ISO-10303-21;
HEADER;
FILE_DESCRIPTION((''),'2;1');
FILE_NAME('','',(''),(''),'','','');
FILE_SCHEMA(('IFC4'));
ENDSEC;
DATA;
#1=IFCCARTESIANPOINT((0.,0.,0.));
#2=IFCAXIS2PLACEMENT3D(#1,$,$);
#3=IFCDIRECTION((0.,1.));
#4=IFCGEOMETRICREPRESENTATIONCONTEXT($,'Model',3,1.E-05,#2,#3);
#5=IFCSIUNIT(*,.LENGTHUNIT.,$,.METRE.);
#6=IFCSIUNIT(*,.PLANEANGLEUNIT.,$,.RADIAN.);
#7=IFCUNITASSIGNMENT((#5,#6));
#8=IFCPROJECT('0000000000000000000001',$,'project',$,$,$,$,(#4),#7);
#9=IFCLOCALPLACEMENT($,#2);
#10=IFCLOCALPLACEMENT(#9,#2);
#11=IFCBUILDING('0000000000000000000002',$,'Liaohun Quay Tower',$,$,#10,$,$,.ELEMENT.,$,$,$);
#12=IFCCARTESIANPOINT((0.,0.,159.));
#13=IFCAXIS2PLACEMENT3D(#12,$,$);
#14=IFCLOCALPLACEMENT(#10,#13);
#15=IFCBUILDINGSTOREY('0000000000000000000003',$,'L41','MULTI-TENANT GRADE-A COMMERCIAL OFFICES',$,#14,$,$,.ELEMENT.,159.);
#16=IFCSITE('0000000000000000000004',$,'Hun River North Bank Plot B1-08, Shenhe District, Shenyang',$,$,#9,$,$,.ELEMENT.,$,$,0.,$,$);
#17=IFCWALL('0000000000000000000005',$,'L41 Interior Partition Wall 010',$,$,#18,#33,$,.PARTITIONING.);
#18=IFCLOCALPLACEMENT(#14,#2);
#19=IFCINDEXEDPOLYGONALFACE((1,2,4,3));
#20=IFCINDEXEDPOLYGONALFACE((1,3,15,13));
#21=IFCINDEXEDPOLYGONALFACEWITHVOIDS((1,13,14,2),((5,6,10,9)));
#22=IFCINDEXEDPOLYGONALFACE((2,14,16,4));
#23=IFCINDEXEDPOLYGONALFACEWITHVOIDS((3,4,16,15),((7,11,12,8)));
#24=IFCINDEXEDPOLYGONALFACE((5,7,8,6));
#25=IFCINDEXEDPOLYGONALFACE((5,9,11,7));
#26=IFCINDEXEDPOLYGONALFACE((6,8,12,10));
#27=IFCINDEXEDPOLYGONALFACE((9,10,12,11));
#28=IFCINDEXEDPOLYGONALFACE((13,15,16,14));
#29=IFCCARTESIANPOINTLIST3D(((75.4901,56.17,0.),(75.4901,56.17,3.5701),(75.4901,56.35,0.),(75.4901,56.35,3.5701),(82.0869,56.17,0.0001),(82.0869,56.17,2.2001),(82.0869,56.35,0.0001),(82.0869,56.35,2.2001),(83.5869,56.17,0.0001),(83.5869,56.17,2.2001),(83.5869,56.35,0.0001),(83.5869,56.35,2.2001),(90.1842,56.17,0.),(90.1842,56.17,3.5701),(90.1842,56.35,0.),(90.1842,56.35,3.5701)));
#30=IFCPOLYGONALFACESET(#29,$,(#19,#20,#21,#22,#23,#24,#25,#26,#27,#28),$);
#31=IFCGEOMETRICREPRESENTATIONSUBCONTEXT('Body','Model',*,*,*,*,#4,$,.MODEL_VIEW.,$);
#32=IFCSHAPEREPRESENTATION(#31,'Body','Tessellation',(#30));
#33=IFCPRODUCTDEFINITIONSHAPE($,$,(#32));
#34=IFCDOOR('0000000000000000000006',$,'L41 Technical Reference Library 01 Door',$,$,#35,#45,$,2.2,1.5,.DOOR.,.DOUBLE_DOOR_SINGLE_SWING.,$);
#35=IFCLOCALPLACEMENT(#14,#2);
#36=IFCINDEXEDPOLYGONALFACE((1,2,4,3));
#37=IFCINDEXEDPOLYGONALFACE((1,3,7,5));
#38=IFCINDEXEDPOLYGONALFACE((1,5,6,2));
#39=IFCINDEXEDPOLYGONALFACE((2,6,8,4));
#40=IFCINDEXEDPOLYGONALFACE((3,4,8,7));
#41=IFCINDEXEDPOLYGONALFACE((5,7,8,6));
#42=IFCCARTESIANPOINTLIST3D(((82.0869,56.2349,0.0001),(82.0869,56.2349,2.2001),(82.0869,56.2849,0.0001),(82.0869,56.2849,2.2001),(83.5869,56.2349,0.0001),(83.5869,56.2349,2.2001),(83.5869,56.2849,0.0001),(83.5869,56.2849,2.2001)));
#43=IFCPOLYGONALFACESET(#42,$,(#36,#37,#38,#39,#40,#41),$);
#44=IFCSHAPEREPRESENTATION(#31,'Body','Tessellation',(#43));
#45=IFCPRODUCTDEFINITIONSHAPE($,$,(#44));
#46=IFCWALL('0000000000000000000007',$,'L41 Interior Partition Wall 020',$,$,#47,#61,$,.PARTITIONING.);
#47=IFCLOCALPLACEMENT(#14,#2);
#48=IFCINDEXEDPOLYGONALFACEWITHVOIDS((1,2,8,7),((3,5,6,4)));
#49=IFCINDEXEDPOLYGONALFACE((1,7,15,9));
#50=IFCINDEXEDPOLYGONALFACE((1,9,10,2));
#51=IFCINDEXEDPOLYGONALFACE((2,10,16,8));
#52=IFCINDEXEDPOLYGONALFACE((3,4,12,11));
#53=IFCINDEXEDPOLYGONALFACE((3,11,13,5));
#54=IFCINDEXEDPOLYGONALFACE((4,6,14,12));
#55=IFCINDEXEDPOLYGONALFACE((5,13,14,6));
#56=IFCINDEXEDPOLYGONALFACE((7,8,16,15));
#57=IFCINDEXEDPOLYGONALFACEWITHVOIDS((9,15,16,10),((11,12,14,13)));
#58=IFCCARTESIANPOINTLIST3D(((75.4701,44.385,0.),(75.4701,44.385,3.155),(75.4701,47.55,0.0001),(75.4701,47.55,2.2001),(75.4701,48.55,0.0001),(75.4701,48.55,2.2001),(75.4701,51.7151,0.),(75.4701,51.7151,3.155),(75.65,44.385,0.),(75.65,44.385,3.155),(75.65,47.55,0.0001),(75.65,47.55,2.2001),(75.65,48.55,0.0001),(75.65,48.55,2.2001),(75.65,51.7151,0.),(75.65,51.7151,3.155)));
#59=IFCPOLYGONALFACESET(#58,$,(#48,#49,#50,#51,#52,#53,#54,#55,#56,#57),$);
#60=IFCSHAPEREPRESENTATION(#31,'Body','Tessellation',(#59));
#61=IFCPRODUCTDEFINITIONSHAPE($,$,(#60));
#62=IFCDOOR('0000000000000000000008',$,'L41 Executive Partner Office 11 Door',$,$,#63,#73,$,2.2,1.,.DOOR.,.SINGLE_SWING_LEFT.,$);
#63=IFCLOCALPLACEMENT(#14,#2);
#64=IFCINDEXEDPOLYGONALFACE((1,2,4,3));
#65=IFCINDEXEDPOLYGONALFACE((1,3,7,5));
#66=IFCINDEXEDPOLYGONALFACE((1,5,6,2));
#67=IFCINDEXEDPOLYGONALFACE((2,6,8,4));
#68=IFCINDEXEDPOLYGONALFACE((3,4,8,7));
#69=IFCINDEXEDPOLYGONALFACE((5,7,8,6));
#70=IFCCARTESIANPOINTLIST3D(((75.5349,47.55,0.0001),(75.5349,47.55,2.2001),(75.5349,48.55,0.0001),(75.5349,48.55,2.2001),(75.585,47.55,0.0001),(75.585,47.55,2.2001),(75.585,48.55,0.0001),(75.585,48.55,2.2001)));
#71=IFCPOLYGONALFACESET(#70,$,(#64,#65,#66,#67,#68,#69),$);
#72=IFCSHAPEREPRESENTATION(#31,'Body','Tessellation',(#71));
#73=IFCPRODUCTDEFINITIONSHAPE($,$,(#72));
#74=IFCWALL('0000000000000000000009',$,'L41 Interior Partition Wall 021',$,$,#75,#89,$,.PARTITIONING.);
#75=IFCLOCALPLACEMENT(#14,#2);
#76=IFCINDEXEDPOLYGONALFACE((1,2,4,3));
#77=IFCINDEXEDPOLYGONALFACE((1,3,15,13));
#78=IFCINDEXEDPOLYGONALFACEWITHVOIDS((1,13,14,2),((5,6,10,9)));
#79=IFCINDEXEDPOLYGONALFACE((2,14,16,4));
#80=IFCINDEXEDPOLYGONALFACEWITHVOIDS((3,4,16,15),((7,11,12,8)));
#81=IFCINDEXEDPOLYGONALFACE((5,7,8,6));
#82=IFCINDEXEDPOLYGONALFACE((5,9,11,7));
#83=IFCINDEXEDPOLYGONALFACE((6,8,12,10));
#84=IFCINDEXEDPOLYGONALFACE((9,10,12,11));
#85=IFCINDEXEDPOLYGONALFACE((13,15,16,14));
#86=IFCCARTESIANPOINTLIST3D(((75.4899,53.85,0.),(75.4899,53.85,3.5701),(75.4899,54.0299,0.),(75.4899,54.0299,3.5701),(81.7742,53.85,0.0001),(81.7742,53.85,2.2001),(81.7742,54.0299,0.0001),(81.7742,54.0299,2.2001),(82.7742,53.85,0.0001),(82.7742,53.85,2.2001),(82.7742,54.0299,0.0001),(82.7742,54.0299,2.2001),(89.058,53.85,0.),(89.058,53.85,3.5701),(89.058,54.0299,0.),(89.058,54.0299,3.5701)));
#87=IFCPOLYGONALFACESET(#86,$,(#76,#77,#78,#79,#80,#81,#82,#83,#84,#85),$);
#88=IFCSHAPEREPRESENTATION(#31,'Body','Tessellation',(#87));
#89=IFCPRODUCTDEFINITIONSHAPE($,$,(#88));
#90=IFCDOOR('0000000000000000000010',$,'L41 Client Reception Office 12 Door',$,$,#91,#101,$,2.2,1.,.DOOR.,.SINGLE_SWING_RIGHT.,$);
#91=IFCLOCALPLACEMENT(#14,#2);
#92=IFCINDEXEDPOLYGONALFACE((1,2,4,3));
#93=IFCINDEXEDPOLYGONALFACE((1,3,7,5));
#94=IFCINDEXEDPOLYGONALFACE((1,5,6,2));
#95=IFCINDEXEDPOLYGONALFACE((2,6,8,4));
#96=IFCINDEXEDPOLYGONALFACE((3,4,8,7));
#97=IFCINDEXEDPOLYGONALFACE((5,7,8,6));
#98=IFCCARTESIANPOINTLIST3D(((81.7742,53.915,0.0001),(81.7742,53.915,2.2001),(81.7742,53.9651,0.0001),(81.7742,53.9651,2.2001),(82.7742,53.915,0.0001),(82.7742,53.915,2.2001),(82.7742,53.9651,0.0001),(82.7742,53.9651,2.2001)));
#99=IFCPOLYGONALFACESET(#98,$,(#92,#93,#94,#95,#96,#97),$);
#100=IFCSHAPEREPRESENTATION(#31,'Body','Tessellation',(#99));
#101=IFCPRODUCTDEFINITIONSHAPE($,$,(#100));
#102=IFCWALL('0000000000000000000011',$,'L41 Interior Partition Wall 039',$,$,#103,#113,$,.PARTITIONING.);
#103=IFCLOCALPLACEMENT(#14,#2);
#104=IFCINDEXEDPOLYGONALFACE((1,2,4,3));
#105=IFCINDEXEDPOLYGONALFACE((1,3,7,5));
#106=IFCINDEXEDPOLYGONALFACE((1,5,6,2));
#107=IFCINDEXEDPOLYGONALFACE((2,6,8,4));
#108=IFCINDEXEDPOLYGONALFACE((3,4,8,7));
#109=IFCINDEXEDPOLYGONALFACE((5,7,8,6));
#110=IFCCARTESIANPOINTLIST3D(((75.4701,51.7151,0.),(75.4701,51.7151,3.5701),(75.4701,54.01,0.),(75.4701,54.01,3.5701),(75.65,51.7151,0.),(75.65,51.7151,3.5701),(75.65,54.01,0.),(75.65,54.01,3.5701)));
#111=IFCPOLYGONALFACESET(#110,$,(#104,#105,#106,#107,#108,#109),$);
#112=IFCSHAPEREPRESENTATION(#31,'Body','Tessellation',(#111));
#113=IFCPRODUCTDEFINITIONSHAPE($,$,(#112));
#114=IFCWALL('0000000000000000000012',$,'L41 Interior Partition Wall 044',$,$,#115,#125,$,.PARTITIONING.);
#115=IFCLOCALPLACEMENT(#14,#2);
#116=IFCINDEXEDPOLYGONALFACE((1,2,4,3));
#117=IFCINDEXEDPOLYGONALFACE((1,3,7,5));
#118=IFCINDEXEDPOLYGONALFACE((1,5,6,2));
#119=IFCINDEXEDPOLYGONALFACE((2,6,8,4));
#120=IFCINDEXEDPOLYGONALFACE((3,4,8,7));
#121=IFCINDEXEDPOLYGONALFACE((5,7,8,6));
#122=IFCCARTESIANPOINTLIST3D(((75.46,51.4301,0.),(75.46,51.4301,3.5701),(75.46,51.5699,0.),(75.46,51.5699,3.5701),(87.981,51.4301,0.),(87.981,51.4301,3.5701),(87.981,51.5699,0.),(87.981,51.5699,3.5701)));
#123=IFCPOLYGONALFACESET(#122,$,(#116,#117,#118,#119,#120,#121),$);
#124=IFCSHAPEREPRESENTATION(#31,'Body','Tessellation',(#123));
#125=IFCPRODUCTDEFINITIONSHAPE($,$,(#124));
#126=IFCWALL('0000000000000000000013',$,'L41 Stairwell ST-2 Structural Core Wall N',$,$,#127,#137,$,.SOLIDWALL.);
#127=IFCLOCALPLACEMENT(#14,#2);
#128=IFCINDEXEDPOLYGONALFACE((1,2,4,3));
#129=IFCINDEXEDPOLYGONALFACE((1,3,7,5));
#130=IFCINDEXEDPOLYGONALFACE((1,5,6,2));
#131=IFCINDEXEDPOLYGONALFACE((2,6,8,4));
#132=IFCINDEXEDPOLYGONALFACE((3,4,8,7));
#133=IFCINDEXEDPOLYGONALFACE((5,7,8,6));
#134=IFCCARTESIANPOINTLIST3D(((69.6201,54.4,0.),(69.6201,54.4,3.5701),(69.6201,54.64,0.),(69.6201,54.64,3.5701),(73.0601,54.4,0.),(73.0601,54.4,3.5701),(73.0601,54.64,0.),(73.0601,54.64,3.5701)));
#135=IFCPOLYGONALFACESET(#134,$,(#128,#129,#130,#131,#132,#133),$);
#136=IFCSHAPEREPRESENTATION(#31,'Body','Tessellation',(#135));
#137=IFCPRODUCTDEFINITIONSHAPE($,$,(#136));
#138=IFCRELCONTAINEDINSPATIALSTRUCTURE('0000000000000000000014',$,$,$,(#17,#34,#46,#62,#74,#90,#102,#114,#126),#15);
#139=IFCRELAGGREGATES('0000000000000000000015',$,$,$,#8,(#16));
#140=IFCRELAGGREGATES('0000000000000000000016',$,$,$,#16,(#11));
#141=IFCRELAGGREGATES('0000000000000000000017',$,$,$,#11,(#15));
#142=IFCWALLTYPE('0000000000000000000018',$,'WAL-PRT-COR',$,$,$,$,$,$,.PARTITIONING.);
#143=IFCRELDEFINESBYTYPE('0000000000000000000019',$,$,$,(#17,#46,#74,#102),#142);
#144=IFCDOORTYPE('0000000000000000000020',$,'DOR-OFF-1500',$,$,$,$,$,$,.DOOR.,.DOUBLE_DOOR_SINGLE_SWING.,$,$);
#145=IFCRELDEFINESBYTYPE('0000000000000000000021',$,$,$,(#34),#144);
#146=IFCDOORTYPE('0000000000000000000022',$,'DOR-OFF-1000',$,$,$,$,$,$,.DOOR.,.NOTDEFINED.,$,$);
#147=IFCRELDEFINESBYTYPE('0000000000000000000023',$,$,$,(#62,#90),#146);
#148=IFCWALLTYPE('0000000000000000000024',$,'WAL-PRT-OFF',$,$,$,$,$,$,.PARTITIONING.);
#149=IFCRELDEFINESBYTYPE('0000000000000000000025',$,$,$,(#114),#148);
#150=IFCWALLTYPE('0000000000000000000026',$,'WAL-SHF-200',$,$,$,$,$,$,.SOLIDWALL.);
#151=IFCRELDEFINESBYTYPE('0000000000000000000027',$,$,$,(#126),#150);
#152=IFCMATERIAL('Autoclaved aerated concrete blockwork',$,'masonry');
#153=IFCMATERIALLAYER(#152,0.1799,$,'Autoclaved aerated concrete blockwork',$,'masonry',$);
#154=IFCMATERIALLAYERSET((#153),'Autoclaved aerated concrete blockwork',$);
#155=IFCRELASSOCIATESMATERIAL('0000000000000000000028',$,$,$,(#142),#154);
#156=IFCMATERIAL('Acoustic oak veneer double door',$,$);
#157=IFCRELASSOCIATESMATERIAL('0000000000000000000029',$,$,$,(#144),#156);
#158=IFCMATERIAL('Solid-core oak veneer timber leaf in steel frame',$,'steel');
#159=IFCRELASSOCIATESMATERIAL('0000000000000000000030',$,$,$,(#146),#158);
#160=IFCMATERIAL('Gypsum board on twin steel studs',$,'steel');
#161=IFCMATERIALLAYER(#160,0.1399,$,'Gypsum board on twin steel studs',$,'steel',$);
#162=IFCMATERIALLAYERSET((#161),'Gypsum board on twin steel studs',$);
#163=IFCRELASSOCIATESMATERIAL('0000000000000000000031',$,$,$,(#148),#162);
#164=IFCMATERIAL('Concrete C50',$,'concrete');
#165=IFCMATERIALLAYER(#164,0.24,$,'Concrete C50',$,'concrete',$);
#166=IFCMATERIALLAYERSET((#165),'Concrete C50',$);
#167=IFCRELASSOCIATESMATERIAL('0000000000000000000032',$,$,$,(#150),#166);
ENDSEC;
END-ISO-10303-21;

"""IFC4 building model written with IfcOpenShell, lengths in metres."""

from ifc_helpers import new_model, si_unit, direction, frame, frame_2d, origin, place, context, subcontext, project, spatial, rectangle, extrude, source, transform, mapped, material, layer, layer_set, type_object, element, fill, save


model = new_model("IFC4")

# Units and contexts
model_context = context("Model", 3, precision=1e-05, world=origin(), true_north=direction((0.0, 1.0)))
body_context = subcontext(model_context, "Body", "Model", "MODEL_VIEW")
ifc_project = project(units=[si_unit("LENGTHUNIT", "METRE"), si_unit("PLANEANGLEUNIT", "RADIAN")], contexts=[model_context])

# Site, building, storey
site_placement = place(None, origin())
site = spatial("IfcSite", under=ifc_project, at=site_placement, Name="Hun River North Bank Plot B1-08, Shenhe District, Shenyang", CompositionType="ELEMENT", RefElevation=0.0)
building_placement = place(site_placement, origin())
building = spatial("IfcBuilding", under=site, at=building_placement, Name="Liaohun Quay Tower", CompositionType="ELEMENT")
storey_placement = place(building_placement, frame((0.0, 0.0, 159.0)))
storey = spatial("IfcBuildingStorey", under=building, at=storey_placement, Name="L41", Description="MULTI-TENANT GRADE-A COMMERCIAL OFFICES", CompositionType="ELEMENT", Elevation=159.0)

# Walls, openings, doors
ifc_material_1 = material(Name="Autoclaved aerated concrete blockwork", Category="masonry")
ifc_layer_1 = layer(ifc_material_1, 0.1799, Name="Autoclaved aerated concrete blockwork", Category="masonry")
ifc_layer_set_1 = layer_set([ifc_layer_1], Name="Autoclaved aerated concrete blockwork")
wall_type_1 = type_object("IfcWallType", Name="WAL-PRT-COR", PredefinedType="PARTITIONING", material=ifc_layer_set_1)
wall_1_placement = place(storey_placement, frame((75.49, 56.26, 0.0), z_axis=(0.0, 0.0, 1.0), x_axis=(1.0, 0.0, 0.0)))
wall_1 = element("IfcWall", 1, at=wall_1_placement, inside=storey, type_object=wall_type_1, Name="L41 Interior Partition Wall 010", PredefinedType="PARTITIONING", context=body_context, shape_type="SweptSolid", body=[
    extrude(rectangle(XDim=14.6941, YDim=0.1799, at=frame_2d((7.3472, 0.0))), origin(), (0.0, 0.0, 1.0), 3.5701),
])
shared_shape_1 = source(origin(), body_context, "Body", "SweptSolid", [
    extrude(rectangle(XDim=1.5, YDim=2.2, at=frame_2d((0.75, 1.1001))), frame((0.0, 0.0999, 0.0), z_axis=(0.0, -1.0, 0.0), x_axis=(1.0, 0.0, 0.0)), (0.0, 0.0, 1.0), 0.2),
])
opening_1_placement = place(wall_1_placement, frame((6.5969, 0.0, 0.0)))
opening_1 = element("IfcOpeningElement", 2, at=opening_1_placement, cuts=wall_1, PredefinedType="OPENING", context=body_context, shape_type="MappedRepresentation", body=[
    mapped(shared_shape_1, transform((0.0, 0.0, 0.0), x_axis=(1.0, 0.0, 0.0), y_axis=(0.0, 1.0, 0.0), z_axis=(0.0, 0.0, 1.0), scale=1.0)),
])
ifc_material_2 = material(Name="Acoustic oak veneer double door")
door_type_1 = type_object("IfcDoorType", Name="DOR-OFF-1500", OperationType="DOUBLE_DOOR_SINGLE_SWING", PredefinedType="DOOR", material=ifc_material_2)
shared_shape_2 = source(origin(), body_context, "Body", "SweptSolid", [
    extrude(rectangle(XDim=1.5, YDim=2.2, at=frame_2d((0.75, 1.1001))), frame((0.0, 0.0249, 0.0), z_axis=(0.0, -1.0, 0.0), x_axis=(1.0, 0.0, 0.0)), (0.0, 0.0, 1.0), 0.05),
])
door_1_placement = place(opening_1_placement, origin())
door_1 = element("IfcDoor", 3, at=door_1_placement, inside=storey, type_object=door_type_1, Name="L41 Technical Reference Library 01 Door", OperationType="DOUBLE_DOOR_SINGLE_SWING", OverallHeight=2.2, OverallWidth=1.5, PredefinedType="DOOR", context=body_context, shape_type="MappedRepresentation", body=[
    mapped(shared_shape_2, transform((0.0, 0.0, 0.0), x_axis=(1.0, 0.0, 0.0), y_axis=(0.0, 1.0, 0.0), z_axis=(0.0, 0.0, 1.0), scale=1.0)),
])
fill(opening_1, door_1)
wall_2_placement = place(storey_placement, frame((75.5601, 51.7151, 0.0), z_axis=(0.0, 0.0, 1.0), x_axis=(0.0, -1.0, 0.0)))
wall_2 = element("IfcWall", 4, at=wall_2_placement, inside=storey, type_object=wall_type_1, Name="L41 Interior Partition Wall 020", PredefinedType="PARTITIONING", context=body_context, shape_type="SweptSolid", body=[
    extrude(rectangle(XDim=7.3301, YDim=0.1799, at=frame_2d((3.665, 0.0))), origin(), (0.0, 0.0, 1.0), 3.155),
])
shared_shape_3 = source(origin(), body_context, "Body", "SweptSolid", [
    extrude(rectangle(XDim=1.0, YDim=2.2, at=frame_2d((0.5, 1.1001))), frame((0.0, 0.0999, 0.0), z_axis=(0.0, -1.0, 0.0), x_axis=(1.0, 0.0, 0.0)), (0.0, 0.0, 1.0), 0.2),
])
opening_2_placement = place(wall_2_placement, frame((3.165, 0.0, 0.0)))
opening_2 = element("IfcOpeningElement", 5, at=opening_2_placement, cuts=wall_2, PredefinedType="OPENING", context=body_context, shape_type="MappedRepresentation", body=[
    mapped(shared_shape_3, transform((0.0, 0.0, 0.0), x_axis=(1.0, 0.0, 0.0), y_axis=(0.0, 1.0, 0.0), z_axis=(0.0, 0.0, 1.0), scale=1.0)),
])
ifc_material_3 = material(Name="Solid-core oak veneer timber leaf in steel frame", Category="steel")
door_type_2 = type_object("IfcDoorType", Name="DOR-OFF-1000", OperationType="NOTDEFINED", PredefinedType="DOOR", material=ifc_material_3)
shared_shape_4 = source(origin(), body_context, "Body", "SweptSolid", [
    extrude(rectangle(XDim=1.0, YDim=2.2, at=frame_2d((0.5, 1.1001))), frame((0.0, 0.0249, 0.0), z_axis=(0.0, -1.0, 0.0), x_axis=(1.0, 0.0, 0.0)), (0.0, 0.0, 1.0), 0.05),
])
door_2_placement = place(opening_2_placement, origin())
door_2 = element("IfcDoor", 6, at=door_2_placement, inside=storey, type_object=door_type_2, Name="L41 Executive Partner Office 11 Door", OperationType="SINGLE_SWING_LEFT", OverallHeight=2.2, OverallWidth=1.0, PredefinedType="DOOR", context=body_context, shape_type="MappedRepresentation", body=[
    mapped(shared_shape_4, transform((0.0, 0.0, 0.0), x_axis=(1.0, 0.0, 0.0), y_axis=(0.0, 1.0, 0.0), z_axis=(0.0, 0.0, 1.0), scale=1.0)),
])
fill(opening_2, door_2)
wall_3_placement = place(storey_placement, frame((89.0581, 53.9399, 0.0), z_axis=(0.0, 0.0, 1.0), x_axis=(-1.0, 0.0, 0.0)))
wall_3 = element("IfcWall", 7, at=wall_3_placement, inside=storey, type_object=wall_type_1, Name="L41 Interior Partition Wall 021", PredefinedType="PARTITIONING", context=body_context, shape_type="SweptSolid", body=[
    extrude(rectangle(XDim=13.5681, YDim=0.1799, at=frame_2d((6.7842, 0.0))), origin(), (0.0, 0.0, 1.0), 3.5701),
])
opening_3_placement = place(wall_3_placement, frame((6.2839, 0.0, 0.0)))
opening_3 = element("IfcOpeningElement", 8, at=opening_3_placement, cuts=wall_3, PredefinedType="OPENING", context=body_context, shape_type="MappedRepresentation", body=[
    mapped(shared_shape_3, transform((0.0, 0.0, 0.0), x_axis=(1.0, 0.0, 0.0), y_axis=(0.0, 1.0, 0.0), z_axis=(0.0, 0.0, 1.0), scale=1.0)),
])
door_3_placement = place(opening_3_placement, origin())
door_3 = element("IfcDoor", 9, at=door_3_placement, inside=storey, type_object=door_type_2, Name="L41 Client Reception Office 12 Door", OperationType="SINGLE_SWING_RIGHT", OverallHeight=2.2, OverallWidth=1.0, PredefinedType="DOOR", context=body_context, shape_type="MappedRepresentation", body=[
    mapped(shared_shape_4, transform((0.0, 0.0, 0.0), x_axis=(1.0, 0.0, 0.0), y_axis=(0.0, 1.0, 0.0), z_axis=(0.0, 0.0, 1.0), scale=1.0)),
])
fill(opening_3, door_3)

# Walls
wall_4_placement = place(storey_placement, frame((75.5601, 54.01, 0.0), z_axis=(0.0, 0.0, 1.0), x_axis=(0.0, -1.0, 0.0)))
element("IfcWall", 10, at=wall_4_placement, inside=storey, type_object=wall_type_1, Name="L41 Interior Partition Wall 039", PredefinedType="PARTITIONING", context=body_context, shape_type="SweptSolid", body=[
    extrude(rectangle(XDim=2.2949, YDim=0.1799, at=frame_2d((1.1475, 0.0))), origin(), (0.0, 0.0, 1.0), 3.5701),
])
ifc_material_4 = material(Name="Gypsum board on twin steel studs", Category="steel")
ifc_layer_2 = layer(ifc_material_4, 0.1399, Name="Gypsum board on twin steel studs", Category="steel")
ifc_layer_set_2 = layer_set([ifc_layer_2], Name="Gypsum board on twin steel studs")
wall_type_2 = type_object("IfcWallType", Name="WAL-PRT-OFF", PredefinedType="PARTITIONING", material=ifc_layer_set_2)
wall_5_placement = place(storey_placement, frame((75.46, 51.5, 0.0), z_axis=(0.0, 0.0, 1.0), x_axis=(1.0, 0.0, 0.0)))
element("IfcWall", 11, at=wall_5_placement, inside=storey, type_object=wall_type_2, Name="L41 Interior Partition Wall 044", PredefinedType="PARTITIONING", context=body_context, shape_type="SweptSolid", body=[
    extrude(rectangle(XDim=12.521, YDim=0.1399, at=frame_2d((6.2605, 0.0))), origin(), (0.0, 0.0, 1.0), 3.5701),
])

# Wall
ifc_material_5 = material(Name="Concrete C50", Category="concrete")
ifc_layer_3 = layer(ifc_material_5, 0.24, Name="Concrete C50", Category="concrete")
ifc_layer_set_3 = layer_set([ifc_layer_3], Name="Concrete C50")
wall_type_3 = type_object("IfcWallType", Name="WAL-SHF-200", PredefinedType="SOLIDWALL", material=ifc_layer_set_3)
wall_6_placement = place(storey_placement, frame((73.0601, 54.52, 0.0), z_axis=(0.0, 0.0, 1.0), x_axis=(-1.0, 0.0, 0.0)))
element("IfcWall", 12, at=wall_6_placement, inside=storey, type_object=wall_type_3, Name="L41 Stairwell ST-2 Structural Core Wall N", PredefinedType="SOLIDWALL", context=body_context, shape_type="SweptSolid", body=[
    extrude(rectangle(XDim=3.4399, YDim=0.24, at=frame_2d((1.72, 0.0))), origin(), (0.0, 0.0, 1.0), 3.5701),
])

save(model, "model.ifc")
